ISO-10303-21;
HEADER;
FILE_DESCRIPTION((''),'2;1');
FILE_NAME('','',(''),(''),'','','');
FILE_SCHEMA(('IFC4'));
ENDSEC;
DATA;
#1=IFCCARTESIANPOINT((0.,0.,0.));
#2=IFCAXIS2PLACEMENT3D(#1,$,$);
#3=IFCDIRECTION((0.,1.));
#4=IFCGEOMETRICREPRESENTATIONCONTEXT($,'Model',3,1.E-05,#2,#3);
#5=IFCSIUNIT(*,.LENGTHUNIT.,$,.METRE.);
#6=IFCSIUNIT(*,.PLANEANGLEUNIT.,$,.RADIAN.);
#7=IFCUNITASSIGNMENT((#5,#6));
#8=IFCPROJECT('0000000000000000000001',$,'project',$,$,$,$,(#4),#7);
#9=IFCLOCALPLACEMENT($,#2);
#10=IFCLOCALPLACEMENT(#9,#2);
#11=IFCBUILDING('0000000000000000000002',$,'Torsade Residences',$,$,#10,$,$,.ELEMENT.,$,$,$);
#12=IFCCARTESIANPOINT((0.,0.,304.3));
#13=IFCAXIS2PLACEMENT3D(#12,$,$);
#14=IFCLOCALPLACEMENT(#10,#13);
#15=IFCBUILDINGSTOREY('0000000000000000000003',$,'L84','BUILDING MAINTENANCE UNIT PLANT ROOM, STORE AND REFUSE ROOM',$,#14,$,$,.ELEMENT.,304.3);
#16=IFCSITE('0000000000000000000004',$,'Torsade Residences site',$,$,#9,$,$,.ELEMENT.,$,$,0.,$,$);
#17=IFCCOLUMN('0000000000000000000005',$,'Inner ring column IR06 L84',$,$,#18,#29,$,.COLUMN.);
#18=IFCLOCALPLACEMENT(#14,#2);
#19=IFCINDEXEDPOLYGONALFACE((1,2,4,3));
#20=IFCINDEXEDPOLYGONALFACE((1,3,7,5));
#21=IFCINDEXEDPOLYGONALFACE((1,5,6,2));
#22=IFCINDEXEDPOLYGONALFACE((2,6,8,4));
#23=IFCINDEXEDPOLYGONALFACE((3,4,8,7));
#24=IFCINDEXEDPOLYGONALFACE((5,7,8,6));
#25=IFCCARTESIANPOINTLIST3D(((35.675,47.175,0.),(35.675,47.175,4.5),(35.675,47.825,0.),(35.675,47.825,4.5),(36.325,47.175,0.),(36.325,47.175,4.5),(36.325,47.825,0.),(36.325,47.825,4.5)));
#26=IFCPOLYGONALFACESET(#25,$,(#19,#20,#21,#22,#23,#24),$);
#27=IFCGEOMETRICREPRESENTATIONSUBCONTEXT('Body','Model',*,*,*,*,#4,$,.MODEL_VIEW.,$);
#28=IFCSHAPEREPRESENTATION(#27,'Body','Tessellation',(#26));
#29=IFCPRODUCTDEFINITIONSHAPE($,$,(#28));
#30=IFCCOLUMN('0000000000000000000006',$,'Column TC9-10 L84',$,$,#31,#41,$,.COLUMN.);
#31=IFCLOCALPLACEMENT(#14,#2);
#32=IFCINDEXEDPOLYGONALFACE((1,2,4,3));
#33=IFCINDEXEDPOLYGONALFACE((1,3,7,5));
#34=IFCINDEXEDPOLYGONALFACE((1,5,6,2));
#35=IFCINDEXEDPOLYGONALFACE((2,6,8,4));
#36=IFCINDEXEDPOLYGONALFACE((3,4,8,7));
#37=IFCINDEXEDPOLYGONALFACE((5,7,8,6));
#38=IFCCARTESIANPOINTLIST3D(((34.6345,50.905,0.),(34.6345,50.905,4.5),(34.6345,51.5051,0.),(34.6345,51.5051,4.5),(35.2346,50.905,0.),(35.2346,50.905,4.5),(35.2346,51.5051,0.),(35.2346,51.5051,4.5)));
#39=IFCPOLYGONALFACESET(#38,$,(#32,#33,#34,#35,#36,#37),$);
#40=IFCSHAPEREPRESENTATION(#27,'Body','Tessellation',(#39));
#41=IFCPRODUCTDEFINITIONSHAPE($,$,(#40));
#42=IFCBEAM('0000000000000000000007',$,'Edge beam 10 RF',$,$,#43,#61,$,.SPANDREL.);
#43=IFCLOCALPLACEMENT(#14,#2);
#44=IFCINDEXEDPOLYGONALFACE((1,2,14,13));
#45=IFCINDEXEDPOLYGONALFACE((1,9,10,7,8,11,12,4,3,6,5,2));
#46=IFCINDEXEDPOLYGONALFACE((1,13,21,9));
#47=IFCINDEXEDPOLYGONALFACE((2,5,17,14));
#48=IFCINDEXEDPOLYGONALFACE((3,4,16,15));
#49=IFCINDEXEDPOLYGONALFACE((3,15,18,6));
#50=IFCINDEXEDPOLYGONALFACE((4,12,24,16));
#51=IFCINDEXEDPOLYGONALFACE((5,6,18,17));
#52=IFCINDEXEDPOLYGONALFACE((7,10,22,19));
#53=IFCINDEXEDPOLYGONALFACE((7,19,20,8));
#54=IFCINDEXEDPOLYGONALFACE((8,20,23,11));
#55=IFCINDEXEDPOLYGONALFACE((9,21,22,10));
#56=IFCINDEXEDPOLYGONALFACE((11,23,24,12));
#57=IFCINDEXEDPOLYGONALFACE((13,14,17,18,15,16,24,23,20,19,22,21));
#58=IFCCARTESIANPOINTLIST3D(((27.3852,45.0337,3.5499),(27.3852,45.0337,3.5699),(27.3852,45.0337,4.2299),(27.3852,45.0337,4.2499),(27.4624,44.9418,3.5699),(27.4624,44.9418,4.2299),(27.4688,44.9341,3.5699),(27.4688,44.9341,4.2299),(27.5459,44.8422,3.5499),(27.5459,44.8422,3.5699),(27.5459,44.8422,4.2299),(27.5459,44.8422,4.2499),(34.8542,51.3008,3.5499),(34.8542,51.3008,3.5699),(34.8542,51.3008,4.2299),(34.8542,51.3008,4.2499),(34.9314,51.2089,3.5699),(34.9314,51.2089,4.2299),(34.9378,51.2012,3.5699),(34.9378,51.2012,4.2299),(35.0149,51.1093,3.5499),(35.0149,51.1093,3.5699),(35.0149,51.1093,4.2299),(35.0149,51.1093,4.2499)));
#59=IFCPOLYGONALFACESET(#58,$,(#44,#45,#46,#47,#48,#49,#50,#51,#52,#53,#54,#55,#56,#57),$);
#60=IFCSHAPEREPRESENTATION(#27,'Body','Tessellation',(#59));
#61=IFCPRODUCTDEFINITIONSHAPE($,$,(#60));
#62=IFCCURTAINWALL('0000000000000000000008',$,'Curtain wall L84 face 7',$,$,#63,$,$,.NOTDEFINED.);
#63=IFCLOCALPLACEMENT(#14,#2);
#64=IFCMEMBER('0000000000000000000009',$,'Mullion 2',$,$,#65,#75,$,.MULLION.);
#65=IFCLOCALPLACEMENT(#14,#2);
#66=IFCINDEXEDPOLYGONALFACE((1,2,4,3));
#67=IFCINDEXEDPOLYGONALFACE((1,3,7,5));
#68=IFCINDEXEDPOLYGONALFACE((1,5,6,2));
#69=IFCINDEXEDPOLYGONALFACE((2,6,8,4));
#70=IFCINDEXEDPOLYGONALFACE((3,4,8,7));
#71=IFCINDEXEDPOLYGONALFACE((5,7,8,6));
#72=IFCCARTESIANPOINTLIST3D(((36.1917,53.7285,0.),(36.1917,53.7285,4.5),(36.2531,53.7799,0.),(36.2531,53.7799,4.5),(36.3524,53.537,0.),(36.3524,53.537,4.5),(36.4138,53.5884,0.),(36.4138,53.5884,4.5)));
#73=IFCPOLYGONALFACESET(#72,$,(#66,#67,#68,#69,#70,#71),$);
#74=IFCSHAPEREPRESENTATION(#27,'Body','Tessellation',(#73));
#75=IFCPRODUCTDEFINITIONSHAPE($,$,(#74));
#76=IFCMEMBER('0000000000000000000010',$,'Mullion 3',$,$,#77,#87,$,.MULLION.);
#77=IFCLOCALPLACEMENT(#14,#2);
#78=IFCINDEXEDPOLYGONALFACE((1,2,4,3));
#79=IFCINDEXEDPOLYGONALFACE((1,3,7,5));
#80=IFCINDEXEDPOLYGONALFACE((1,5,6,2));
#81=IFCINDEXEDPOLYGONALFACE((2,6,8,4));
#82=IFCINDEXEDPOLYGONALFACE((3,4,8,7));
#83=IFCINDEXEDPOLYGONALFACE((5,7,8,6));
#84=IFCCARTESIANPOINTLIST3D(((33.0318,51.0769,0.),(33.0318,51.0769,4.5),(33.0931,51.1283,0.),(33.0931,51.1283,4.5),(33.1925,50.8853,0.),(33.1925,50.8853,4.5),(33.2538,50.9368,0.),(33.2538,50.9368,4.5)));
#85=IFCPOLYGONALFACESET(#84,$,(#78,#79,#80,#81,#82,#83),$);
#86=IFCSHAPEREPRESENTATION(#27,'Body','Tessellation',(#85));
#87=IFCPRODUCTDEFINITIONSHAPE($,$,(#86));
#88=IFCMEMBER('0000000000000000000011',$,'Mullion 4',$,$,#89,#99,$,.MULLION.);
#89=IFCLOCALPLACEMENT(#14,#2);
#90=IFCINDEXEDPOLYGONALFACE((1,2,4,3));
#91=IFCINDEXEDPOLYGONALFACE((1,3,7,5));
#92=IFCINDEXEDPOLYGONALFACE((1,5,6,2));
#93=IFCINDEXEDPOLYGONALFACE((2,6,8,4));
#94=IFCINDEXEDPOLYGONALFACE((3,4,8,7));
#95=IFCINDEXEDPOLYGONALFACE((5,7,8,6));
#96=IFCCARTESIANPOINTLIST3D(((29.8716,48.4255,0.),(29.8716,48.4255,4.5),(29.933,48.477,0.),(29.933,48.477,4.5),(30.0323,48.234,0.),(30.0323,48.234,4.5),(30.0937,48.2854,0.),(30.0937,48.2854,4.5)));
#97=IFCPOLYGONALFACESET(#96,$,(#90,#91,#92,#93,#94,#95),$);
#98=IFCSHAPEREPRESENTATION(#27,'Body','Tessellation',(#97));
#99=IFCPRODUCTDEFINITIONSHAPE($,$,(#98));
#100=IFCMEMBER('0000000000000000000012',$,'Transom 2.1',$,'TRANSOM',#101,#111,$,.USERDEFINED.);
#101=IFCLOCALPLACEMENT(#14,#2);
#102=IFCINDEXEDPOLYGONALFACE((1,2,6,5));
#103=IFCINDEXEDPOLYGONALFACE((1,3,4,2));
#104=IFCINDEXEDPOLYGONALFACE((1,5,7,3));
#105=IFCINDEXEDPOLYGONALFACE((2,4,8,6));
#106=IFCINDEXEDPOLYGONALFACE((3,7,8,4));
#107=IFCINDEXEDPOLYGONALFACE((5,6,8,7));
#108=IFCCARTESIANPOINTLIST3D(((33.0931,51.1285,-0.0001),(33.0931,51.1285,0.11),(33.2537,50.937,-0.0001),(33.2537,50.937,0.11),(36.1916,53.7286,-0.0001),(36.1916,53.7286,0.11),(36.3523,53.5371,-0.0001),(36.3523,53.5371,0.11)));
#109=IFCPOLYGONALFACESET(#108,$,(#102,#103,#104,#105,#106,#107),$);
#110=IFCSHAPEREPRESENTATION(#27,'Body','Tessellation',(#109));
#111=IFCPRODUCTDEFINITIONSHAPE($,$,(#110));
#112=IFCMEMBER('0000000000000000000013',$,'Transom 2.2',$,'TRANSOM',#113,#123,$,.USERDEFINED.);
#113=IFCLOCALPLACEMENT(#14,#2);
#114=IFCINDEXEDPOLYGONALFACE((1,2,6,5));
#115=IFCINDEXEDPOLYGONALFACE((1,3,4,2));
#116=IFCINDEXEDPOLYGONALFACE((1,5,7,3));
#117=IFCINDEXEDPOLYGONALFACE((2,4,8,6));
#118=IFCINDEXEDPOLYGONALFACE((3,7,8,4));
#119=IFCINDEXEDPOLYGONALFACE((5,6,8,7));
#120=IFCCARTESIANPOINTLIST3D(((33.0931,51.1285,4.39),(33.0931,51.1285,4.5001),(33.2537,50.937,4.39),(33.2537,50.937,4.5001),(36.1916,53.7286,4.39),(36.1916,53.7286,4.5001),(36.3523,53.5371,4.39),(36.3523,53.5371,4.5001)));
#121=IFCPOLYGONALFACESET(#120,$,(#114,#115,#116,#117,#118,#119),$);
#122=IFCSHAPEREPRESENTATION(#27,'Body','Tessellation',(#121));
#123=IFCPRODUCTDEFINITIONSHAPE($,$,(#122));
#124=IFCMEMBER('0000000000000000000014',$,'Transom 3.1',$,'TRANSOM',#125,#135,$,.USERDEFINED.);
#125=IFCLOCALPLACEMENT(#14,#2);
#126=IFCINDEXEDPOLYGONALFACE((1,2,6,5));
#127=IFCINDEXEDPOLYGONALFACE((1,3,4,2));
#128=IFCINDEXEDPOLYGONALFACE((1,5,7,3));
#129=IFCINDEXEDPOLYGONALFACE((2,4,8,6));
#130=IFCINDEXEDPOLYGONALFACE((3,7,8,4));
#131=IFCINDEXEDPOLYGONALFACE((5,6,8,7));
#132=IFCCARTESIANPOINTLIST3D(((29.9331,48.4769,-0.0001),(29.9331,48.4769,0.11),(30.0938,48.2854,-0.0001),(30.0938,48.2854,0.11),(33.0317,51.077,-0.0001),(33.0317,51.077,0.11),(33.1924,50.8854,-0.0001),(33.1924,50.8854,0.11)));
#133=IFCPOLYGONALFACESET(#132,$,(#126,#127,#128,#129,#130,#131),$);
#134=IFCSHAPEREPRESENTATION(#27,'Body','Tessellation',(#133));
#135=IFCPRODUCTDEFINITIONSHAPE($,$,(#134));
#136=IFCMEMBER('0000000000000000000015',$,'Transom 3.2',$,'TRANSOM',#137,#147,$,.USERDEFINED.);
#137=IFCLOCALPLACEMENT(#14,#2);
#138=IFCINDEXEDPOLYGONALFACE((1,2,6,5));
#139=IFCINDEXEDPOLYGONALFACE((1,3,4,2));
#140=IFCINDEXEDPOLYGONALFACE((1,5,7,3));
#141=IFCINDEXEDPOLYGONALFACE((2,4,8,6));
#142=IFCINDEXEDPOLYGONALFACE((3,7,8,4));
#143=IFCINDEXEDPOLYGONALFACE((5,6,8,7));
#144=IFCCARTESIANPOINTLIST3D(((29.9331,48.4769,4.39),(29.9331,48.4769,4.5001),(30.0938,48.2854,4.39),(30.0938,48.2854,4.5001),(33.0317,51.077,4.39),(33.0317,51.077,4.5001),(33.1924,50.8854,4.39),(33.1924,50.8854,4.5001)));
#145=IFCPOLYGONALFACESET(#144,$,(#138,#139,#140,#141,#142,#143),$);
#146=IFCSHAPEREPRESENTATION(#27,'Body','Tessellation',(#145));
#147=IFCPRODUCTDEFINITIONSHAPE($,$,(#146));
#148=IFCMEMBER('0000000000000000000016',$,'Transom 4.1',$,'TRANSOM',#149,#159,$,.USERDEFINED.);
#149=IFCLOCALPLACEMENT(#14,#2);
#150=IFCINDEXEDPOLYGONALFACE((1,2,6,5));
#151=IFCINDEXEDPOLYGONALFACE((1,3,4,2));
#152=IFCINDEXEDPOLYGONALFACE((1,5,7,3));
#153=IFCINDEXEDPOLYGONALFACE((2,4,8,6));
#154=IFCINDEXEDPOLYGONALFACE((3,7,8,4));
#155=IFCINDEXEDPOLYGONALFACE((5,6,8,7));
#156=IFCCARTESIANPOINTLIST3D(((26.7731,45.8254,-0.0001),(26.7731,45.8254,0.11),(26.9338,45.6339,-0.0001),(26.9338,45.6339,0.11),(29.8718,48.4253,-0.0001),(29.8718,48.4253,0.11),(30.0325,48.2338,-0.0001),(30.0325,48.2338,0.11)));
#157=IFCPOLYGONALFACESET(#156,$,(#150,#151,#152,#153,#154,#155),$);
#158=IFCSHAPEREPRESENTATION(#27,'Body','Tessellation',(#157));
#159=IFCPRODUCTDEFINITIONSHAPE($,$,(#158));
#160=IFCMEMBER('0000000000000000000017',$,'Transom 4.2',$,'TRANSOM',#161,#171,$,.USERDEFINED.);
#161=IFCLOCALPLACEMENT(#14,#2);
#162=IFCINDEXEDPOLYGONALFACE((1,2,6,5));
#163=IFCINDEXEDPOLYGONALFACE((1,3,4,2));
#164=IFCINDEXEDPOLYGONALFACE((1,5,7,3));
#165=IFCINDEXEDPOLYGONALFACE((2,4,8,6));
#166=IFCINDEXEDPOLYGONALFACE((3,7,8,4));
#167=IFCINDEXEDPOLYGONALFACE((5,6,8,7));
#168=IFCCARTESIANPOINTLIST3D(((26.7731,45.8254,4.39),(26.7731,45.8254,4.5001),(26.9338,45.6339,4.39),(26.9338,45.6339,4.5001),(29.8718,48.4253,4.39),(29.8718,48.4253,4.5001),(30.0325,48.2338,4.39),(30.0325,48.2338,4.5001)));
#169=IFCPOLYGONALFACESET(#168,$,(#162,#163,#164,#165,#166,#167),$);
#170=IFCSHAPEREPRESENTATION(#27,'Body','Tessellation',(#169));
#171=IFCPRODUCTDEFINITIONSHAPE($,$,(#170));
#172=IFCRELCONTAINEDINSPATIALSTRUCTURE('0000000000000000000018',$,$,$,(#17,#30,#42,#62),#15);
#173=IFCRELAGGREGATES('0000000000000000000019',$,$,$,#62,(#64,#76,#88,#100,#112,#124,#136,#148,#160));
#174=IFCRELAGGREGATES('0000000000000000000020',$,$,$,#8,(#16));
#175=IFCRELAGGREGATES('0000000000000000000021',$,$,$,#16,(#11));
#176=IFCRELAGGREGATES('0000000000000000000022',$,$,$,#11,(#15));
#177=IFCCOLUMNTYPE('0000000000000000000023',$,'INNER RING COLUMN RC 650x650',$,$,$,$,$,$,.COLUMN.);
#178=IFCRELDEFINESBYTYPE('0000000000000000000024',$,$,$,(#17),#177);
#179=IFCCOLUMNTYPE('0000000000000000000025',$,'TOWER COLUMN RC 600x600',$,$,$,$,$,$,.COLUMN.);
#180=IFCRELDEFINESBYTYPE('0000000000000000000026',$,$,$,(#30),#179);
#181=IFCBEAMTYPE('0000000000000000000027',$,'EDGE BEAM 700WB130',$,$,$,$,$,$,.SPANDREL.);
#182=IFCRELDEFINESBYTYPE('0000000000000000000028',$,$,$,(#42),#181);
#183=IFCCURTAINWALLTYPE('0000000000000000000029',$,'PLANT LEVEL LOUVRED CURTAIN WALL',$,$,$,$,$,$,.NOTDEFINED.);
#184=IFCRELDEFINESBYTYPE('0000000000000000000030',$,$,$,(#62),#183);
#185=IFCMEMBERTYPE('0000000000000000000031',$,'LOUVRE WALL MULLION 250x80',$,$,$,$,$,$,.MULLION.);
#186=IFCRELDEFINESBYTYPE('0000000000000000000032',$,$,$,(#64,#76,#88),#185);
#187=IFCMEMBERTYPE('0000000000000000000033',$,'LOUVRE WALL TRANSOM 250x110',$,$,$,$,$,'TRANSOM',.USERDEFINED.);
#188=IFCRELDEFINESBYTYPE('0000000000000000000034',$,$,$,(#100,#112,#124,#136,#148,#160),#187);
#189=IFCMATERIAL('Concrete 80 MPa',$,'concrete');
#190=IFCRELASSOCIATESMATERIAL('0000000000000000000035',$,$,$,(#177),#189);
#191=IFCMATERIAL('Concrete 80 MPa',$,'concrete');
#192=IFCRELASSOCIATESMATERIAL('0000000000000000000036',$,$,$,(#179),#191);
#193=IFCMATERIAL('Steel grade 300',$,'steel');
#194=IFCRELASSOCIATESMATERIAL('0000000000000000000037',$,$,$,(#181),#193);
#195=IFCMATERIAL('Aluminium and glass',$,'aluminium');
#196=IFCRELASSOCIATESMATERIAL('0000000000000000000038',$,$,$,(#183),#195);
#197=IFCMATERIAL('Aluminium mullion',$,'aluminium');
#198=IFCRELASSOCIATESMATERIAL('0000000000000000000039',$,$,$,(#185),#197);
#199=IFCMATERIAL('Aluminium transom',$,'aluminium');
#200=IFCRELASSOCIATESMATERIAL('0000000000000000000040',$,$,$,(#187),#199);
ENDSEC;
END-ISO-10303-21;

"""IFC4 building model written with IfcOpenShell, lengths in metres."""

from ifc_helpers import new_model, si_unit, direction, frame, origin, origin_2d, place, context, subcontext, project, spatial, rectangle, i_section, extrude, material, material_profile, profile_set, type_object, element, aggregate, save


model = new_model("IFC4")

# Units and contexts
model_context = context("Model", 3, precision=1e-05, world=origin(), true_north=direction((0.0, 1.0)))
body_context = subcontext(model_context, "Body", "Model", "MODEL_VIEW")
ifc_project = project(units=[si_unit("LENGTHUNIT", "METRE"), si_unit("PLANEANGLEUNIT", "RADIAN")], contexts=[model_context])

# Site, building, storey
site_placement = place(None, origin())
site = spatial("IfcSite", under=ifc_project, at=site_placement, Name="Torsade Residences site", CompositionType="ELEMENT", RefElevation=0.0)
building_placement = place(site_placement, origin())
building = spatial("IfcBuilding", under=site, at=building_placement, Name="Torsade Residences", CompositionType="ELEMENT")
storey_placement = place(building_placement, frame((0.0, 0.0, 304.3)))
storey = spatial("IfcBuildingStorey", under=building, at=storey_placement, Name="L84", Description="BUILDING MAINTENANCE UNIT PLANT ROOM, STORE AND REFUSE ROOM", CompositionType="ELEMENT", Elevation=304.3)

# Columns
ifc_material_1 = material(Name="Concrete 80 MPa", Category="concrete")
ifc_material_profile_1 = material_profile(ifc_material_1, rectangle(XDim=0.6499, YDim=0.6499, at=origin_2d()), Name="RC 650x650")
ifc_profile_set_1 = profile_set([ifc_material_profile_1], Name="Concrete 80 MPa")
column_type_1 = type_object("IfcColumnType", Name="INNER RING COLUMN RC 650x650", PredefinedType="COLUMN", material=ifc_profile_set_1)
column_1_placement = place(storey_placement, frame((36.0, 47.5, 0.0), z_axis=(0.0, 0.0, 1.0), x_axis=(1.0, 0.0, 0.0)))
element("IfcColumn", 1, at=column_1_placement, inside=storey, type_object=column_type_1, Name="Inner ring column IR06 L84", PredefinedType="COLUMN", context=body_context, shape_type="SweptSolid", body=[
    extrude(rectangle(XDim=0.6499, YDim=0.6499, at=origin_2d()), origin(), (0.0, 0.0, 1.0), 4.5),
])
ifc_material_2 = material(Name="Concrete 80 MPa", Category="concrete")
ifc_material_profile_2 = material_profile(ifc_material_2, rectangle(XDim=0.6001, YDim=0.6001, at=origin_2d()), Name="RC 600x600")
ifc_profile_set_2 = profile_set([ifc_material_profile_2], Name="Concrete 80 MPa")
column_type_2 = type_object("IfcColumnType", Name="TOWER COLUMN RC 600x600", PredefinedType="COLUMN", material=ifc_profile_set_2)
column_2_placement = place(storey_placement, frame((34.9346, 51.2051, 0.0), z_axis=(0.0, 0.0, 1.0), x_axis=(1.0, 0.0, 0.0)))
element("IfcColumn", 2, at=column_2_placement, inside=storey, type_object=column_type_2, Name="Column TC9-10 L84", PredefinedType="COLUMN", context=body_context, shape_type="SweptSolid", body=[
    extrude(rectangle(XDim=0.6001, YDim=0.6001, at=origin_2d()), origin(), (0.0, 0.0, 1.0), 4.5),
])

# Beam
ifc_material_3 = material(Name="Steel grade 300", Category="steel")
ifc_material_profile_3 = material_profile(ifc_material_3, i_section(OverallWidth=0.25, OverallDepth=0.7, WebThickness=0.01, FlangeThickness=0.02, at=origin_2d()), Name="700WB130")
ifc_profile_set_3 = profile_set([ifc_material_profile_3], Name="Steel grade 300")
beam_type_1 = type_object("IfcBeamType", Name="EDGE BEAM 700WB130", PredefinedType="SPANDREL", material=ifc_profile_set_3)
beam_1_placement = place(storey_placement, frame((34.9346, 51.2051, 3.8999), z_axis=(-0.766052, -0.642779, 0.0), x_axis=(0.642779, -0.766052, 0.0)))
element("IfcBeam", 3, at=beam_1_placement, inside=storey, type_object=beam_type_1, Name="Edge beam 10 RF", PredefinedType="SPANDREL", context=body_context, shape_type="SweptSolid", body=[
    extrude(i_section(OverallWidth=0.25, OverallDepth=0.7, WebThickness=0.01, FlangeThickness=0.02, at=origin_2d()), origin(), (0.0, 0.0, 1.0), 9.75),
])

# Curtain wall, members
ifc_material_4 = material(Name="Aluminium and glass", Category="aluminium")
curtain_wall_type = type_object("IfcCurtainWallType", Name="PLANT LEVEL LOUVRED CURTAIN WALL", PredefinedType="NOTDEFINED", material=ifc_material_4)
curtain_wall_placement = place(storey_placement, origin())
curtain_wall = element("IfcCurtainWall", 4, at=curtain_wall_placement, inside=storey, type_object=curtain_wall_type, Name="Curtain wall L84 face 7", PredefinedType="NOTDEFINED")
ifc_material_5 = material(Name="Aluminium mullion", Category="aluminium")
ifc_material_profile_4 = material_profile(ifc_material_5, rectangle(XDim=0.25, YDim=0.0801, at=origin_2d()), Name="LOUVRE WALL MULLION 250x80")
ifc_profile_set_4 = profile_set([ifc_material_profile_4], Name="Aluminium mullion")
member_type_1 = type_object("IfcMemberType", Name="LOUVRE WALL MULLION 250x80", PredefinedType="MULLION", material=ifc_profile_set_4)
member_1_placement = place(storey_placement, frame((36.3027, 53.6584, 0.0), z_axis=(0.0, 0.0, 1.0), x_axis=(0.642788, -0.766044, 0.0)))
member_1 = element("IfcMember", 5, at=member_1_placement, type_object=member_type_1, Name="Mullion 2", PredefinedType="MULLION", context=body_context, shape_type="SweptSolid", body=[
    extrude(rectangle(XDim=0.25, YDim=0.0801, at=origin_2d()), origin(), (0.0, 0.0, 1.0), 4.5),
])
member_2_placement = place(storey_placement, frame((33.1428, 51.0068, 0.0), z_axis=(0.0, 0.0, 1.0), x_axis=(0.642788, -0.766044, 0.0)))
member_2 = element("IfcMember", 6, at=member_2_placement, type_object=member_type_1, Name="Mullion 3", PredefinedType="MULLION", context=body_context, shape_type="SweptSolid", body=[
    extrude(rectangle(XDim=0.25, YDim=0.0801, at=origin_2d()), origin(), (0.0, 0.0, 1.0), 4.5),
])
member_3_placement = place(storey_placement, frame((29.9827, 48.3555, 0.0), z_axis=(0.0, 0.0, 1.0), x_axis=(0.642788, -0.766044, 0.0)))
member_3 = element("IfcMember", 7, at=member_3_placement, type_object=member_type_1, Name="Mullion 4", PredefinedType="MULLION", context=body_context, shape_type="SweptSolid", body=[
    extrude(rectangle(XDim=0.25, YDim=0.0801, at=origin_2d()), origin(), (0.0, 0.0, 1.0), 4.5),
])
ifc_material_6 = material(Name="Aluminium transom", Category="aluminium")
ifc_material_profile_5 = material_profile(ifc_material_6, rectangle(XDim=0.25, YDim=0.1101, at=origin_2d()), Name="LOUVRE WALL TRANSOM 250x110")
ifc_profile_set_5 = profile_set([ifc_material_profile_5], Name="Aluminium transom")
member_type_2 = type_object("IfcMemberType", Name="LOUVRE WALL TRANSOM 250x110", ElementType="TRANSOM", PredefinedType="USERDEFINED", material=ifc_profile_set_5)
member_4_placement = place(storey_placement, frame((36.272, 53.6328, 0.0549), z_axis=(-0.76604, -0.642793, 0.0), x_axis=(0.642793, -0.76604, 0.0)))
member_4 = element("IfcMember", 8, at=member_4_placement, type_object=member_type_2, Name="Transom 2.1", ObjectType="TRANSOM", PredefinedType="USERDEFINED", context=body_context, shape_type="SweptSolid", body=[
    extrude(rectangle(XDim=0.25, YDim=0.1101, at=origin_2d()), origin(), (0.0, 0.0, 1.0), 4.0449),
])
member_5_placement = place(storey_placement, frame((36.272, 53.6328, 4.4451), z_axis=(-0.76604, -0.642793, 0.0), x_axis=(0.642793, -0.76604, 0.0)))
member_5 = element("IfcMember", 9, at=member_5_placement, type_object=member_type_2, Name="Transom 2.2", ObjectType="TRANSOM", PredefinedType="USERDEFINED", context=body_context, shape_type="SweptSolid", body=[
    extrude(rectangle(XDim=0.25, YDim=0.1101, at=origin_2d()), origin(), (0.0, 0.0, 1.0), 4.0449),
])
member_6_placement = place(storey_placement, frame((33.1121, 50.9812, 0.0549), z_axis=(-0.76604, -0.642793, 0.0), x_axis=(0.642793, -0.76604, 0.0)))
member_6 = element("IfcMember", 10, at=member_6_placement, type_object=member_type_2, Name="Transom 3.1", ObjectType="TRANSOM", PredefinedType="USERDEFINED", context=body_context, shape_type="SweptSolid", body=[
    extrude(rectangle(XDim=0.25, YDim=0.1101, at=origin_2d()), origin(), (0.0, 0.0, 1.0), 4.0449),
])
member_7_placement = place(storey_placement, frame((33.1121, 50.9812, 4.4451), z_axis=(-0.76604, -0.642793, 0.0), x_axis=(0.642793, -0.76604, 0.0)))
member_7 = element("IfcMember", 11, at=member_7_placement, type_object=member_type_2, Name="Transom 3.2", ObjectType="TRANSOM", PredefinedType="USERDEFINED", context=body_context, shape_type="SweptSolid", body=[
    extrude(rectangle(XDim=0.25, YDim=0.1101, at=origin_2d()), origin(), (0.0, 0.0, 1.0), 4.0449),
])
member_8_placement = place(storey_placement, frame((29.9521, 48.3296, 0.0549), z_axis=(-0.76607, -0.642757, 0.0), x_axis=(0.642757, -0.76607, 0.0)))
member_8 = element("IfcMember", 12, at=member_8_placement, type_object=member_type_2, Name="Transom 4.1", ObjectType="TRANSOM", PredefinedType="USERDEFINED", context=body_context, shape_type="SweptSolid", body=[
    extrude(rectangle(XDim=0.25, YDim=0.1101, at=origin_2d()), origin(), (0.0, 0.0, 1.0), 4.0449),
])
member_9_placement = place(storey_placement, frame((29.9521, 48.3296, 4.4451), z_axis=(-0.76607, -0.642757, 0.0), x_axis=(0.642757, -0.76607, 0.0)))
member_9 = element("IfcMember", 13, at=member_9_placement, type_object=member_type_2, Name="Transom 4.2", ObjectType="TRANSOM", PredefinedType="USERDEFINED", context=body_context, shape_type="SweptSolid", body=[
    extrude(rectangle(XDim=0.25, YDim=0.1101, at=origin_2d()), origin(), (0.0, 0.0, 1.0), 4.0449),
])

aggregate(curtain_wall, [member_1, member_2, member_3, member_4, member_5, member_6, member_7, member_8, member_9])

save(model, "model.ifc")
